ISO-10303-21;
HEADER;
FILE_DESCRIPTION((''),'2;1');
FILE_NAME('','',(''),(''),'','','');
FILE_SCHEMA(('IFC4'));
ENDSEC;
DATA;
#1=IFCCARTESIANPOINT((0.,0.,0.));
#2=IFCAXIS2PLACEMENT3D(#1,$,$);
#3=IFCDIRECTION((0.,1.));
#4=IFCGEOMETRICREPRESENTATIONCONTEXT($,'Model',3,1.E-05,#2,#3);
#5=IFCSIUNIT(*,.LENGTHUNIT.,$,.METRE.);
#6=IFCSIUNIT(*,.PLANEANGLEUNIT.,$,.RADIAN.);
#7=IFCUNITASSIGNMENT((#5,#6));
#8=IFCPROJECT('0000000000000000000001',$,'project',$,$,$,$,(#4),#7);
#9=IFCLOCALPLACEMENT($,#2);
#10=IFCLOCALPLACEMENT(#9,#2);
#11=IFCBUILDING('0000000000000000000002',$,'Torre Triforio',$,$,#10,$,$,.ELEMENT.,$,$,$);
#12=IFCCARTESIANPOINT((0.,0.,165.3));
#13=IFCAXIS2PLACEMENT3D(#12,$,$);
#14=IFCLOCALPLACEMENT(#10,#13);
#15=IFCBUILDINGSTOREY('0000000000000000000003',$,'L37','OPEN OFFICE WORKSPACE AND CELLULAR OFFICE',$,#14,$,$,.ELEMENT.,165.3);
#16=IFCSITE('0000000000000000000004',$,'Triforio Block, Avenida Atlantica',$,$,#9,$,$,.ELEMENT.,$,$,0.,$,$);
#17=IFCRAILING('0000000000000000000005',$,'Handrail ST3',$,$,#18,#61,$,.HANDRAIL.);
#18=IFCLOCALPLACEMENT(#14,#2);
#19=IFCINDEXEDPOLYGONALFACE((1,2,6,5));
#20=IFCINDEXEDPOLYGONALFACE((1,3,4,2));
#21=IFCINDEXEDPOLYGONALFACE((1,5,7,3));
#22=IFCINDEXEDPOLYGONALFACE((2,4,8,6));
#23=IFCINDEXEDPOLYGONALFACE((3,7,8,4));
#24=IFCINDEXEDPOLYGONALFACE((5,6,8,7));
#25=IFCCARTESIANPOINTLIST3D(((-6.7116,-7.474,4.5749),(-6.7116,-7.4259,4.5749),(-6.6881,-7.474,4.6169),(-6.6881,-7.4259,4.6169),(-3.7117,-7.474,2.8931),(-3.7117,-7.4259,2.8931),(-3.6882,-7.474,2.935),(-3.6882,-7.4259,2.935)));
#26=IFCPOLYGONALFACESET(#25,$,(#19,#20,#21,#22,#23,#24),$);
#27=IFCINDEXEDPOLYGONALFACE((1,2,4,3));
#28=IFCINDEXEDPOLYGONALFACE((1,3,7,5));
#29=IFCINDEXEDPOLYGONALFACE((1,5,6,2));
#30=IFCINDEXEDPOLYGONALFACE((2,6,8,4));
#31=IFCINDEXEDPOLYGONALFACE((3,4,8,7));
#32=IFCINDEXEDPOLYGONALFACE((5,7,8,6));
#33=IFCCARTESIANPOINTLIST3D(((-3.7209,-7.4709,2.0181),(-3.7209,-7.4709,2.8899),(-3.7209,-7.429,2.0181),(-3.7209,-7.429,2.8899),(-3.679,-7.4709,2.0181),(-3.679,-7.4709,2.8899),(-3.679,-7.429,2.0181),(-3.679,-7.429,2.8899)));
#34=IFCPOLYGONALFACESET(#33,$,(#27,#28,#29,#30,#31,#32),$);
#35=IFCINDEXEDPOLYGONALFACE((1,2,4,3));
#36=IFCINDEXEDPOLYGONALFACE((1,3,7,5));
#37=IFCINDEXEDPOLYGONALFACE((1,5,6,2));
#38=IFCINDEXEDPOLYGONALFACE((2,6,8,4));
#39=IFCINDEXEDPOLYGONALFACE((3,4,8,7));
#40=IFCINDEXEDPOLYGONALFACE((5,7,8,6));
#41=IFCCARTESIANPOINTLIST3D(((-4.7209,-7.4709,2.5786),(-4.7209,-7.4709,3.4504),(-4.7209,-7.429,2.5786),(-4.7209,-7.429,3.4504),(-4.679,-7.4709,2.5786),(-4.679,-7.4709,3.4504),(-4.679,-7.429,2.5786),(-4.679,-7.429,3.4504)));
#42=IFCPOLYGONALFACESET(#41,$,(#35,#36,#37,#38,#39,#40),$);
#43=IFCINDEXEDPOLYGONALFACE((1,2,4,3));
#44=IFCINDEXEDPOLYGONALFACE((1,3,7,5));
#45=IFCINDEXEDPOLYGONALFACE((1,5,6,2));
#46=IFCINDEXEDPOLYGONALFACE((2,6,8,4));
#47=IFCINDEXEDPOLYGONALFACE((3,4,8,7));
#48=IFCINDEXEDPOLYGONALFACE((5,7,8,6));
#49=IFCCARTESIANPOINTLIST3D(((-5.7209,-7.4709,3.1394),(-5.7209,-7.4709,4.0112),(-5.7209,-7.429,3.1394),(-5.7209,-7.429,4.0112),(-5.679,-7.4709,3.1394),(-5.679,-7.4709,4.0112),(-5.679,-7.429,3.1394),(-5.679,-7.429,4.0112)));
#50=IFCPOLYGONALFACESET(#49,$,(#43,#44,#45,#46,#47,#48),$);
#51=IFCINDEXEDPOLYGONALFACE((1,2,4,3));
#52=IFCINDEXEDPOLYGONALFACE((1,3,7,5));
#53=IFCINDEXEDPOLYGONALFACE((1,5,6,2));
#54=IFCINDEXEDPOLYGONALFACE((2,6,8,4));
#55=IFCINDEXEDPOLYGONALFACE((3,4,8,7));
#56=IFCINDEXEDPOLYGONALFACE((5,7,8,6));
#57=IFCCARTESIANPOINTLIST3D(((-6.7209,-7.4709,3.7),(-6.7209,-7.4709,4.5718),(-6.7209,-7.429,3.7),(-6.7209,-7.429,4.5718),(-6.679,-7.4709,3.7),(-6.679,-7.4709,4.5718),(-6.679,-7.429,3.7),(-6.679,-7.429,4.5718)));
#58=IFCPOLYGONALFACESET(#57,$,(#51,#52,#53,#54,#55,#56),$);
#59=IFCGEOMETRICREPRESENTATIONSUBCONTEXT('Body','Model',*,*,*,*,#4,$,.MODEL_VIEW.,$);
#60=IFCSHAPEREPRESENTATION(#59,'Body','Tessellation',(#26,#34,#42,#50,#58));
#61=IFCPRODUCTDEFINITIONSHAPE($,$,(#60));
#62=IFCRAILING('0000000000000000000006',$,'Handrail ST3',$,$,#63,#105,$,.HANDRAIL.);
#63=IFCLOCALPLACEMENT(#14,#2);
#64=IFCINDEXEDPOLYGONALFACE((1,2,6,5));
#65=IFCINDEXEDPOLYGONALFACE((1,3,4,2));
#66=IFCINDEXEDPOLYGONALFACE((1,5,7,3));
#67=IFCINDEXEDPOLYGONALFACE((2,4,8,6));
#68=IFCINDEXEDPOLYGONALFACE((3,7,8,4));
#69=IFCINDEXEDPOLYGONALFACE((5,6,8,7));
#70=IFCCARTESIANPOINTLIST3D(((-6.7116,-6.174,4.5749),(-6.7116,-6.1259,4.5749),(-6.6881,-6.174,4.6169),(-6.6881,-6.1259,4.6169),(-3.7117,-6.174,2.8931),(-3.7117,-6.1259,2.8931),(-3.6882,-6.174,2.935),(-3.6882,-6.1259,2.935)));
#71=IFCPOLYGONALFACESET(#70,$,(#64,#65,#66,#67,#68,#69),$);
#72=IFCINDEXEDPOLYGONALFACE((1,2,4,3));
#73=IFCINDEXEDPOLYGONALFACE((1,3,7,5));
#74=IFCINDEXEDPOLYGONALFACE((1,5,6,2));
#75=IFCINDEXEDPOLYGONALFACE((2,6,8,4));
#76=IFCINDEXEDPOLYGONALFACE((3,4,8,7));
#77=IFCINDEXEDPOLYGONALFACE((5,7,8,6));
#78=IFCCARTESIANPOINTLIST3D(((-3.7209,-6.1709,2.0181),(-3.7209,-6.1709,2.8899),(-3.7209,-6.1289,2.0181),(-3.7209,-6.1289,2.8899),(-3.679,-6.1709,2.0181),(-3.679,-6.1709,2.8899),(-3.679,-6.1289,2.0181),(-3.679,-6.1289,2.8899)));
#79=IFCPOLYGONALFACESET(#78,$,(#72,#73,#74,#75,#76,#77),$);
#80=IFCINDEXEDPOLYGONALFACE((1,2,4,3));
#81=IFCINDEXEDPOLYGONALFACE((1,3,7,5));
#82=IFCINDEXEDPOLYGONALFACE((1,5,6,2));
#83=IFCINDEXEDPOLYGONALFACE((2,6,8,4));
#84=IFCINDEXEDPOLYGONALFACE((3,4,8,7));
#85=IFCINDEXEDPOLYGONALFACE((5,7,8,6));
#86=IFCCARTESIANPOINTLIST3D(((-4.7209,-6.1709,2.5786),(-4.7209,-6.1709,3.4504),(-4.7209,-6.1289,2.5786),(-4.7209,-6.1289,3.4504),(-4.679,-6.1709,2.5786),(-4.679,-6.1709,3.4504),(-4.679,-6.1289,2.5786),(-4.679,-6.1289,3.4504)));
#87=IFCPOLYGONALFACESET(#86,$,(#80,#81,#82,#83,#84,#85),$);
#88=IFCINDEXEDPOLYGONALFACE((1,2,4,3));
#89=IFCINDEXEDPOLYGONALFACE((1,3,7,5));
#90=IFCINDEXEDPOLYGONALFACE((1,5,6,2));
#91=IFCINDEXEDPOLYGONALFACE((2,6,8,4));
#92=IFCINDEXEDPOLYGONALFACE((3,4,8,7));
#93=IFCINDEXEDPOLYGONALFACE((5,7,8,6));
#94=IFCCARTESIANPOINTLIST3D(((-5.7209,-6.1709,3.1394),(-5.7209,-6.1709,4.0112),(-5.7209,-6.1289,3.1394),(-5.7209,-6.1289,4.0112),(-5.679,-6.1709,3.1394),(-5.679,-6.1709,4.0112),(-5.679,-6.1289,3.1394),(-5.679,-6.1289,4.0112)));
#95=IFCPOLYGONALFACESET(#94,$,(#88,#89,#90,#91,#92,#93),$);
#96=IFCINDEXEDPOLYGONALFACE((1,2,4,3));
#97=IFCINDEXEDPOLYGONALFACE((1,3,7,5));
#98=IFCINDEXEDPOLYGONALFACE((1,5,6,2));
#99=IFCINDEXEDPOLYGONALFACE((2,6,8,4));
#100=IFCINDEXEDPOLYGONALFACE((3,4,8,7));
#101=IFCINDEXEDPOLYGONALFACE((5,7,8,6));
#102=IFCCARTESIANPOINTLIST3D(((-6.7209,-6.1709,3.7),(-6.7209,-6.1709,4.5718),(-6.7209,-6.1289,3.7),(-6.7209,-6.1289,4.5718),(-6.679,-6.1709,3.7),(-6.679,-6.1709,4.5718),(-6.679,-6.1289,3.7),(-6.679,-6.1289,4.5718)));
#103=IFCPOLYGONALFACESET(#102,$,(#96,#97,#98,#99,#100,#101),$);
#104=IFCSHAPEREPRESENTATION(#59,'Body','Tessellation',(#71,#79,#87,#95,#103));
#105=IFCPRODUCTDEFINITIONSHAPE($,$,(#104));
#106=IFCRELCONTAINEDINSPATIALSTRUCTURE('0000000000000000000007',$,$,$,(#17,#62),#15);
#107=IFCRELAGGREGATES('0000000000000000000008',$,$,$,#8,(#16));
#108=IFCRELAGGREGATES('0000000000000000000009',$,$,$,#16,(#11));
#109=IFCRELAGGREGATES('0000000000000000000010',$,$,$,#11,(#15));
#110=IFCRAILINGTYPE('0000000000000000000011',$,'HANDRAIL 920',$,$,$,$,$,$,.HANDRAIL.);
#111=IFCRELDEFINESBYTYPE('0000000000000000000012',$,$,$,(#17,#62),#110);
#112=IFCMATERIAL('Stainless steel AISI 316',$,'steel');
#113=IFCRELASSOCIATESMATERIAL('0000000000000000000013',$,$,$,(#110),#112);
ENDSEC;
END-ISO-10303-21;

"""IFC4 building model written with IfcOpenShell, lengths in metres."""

from ifc_helpers import new_model, si_unit, direction, frame, origin, origin_2d, place, context, subcontext, project, spatial, rectangle, extrude, material, type_object, element, save


model = new_model("IFC4")

# Units and contexts
model_context = context("Model", 3, precision=1e-05, world=origin(), true_north=direction((0.0, 1.0)))
body_context = subcontext(model_context, "Body", "Model", "MODEL_VIEW")
ifc_project = project(units=[si_unit("LENGTHUNIT", "METRE"), si_unit("PLANEANGLEUNIT", "RADIAN")], contexts=[model_context])

# Site, building, storey
site_placement = place(None, origin())
site = spatial("IfcSite", under=ifc_project, at=site_placement, Name="Triforio Block, Avenida Atlantica", CompositionType="ELEMENT", RefElevation=0.0)
building_placement = place(site_placement, origin())
building = spatial("IfcBuilding", under=site, at=building_placement, Name="Torre Triforio", CompositionType="ELEMENT")
storey_placement = place(building_placement, frame((0.0, 0.0, 165.3)))
storey = spatial("IfcBuildingStorey", under=building, at=storey_placement, Name="L37", Description="OPEN OFFICE WORKSPACE AND CELLULAR OFFICE", CompositionType="ELEMENT", Elevation=165.3)

# Railings
ifc_material_1 = material(Name="Stainless steel AISI 316", Category="steel")
railing_type = type_object("IfcRailingType", Name="HANDRAIL 920", PredefinedType="HANDRAIL", material=ifc_material_1)
for number, where, name in (
    (1, (-3.7, -7.45, 2.0181), "Handrail ST3"),
    (2, (-3.7, -6.1499, 2.0181), "Handrail ST3"),
):
    element("IfcRailing", number, at=place(storey_placement, frame(where)), inside=storey, type_object=railing_type, Name=name, PredefinedType="HANDRAIL", context=body_context, shape_type="SweptSolid", body=[
        extrude(rectangle(XDim=0.0481, YDim=0.0481, at=origin_2d()), frame((0.0, 0.0, 0.896), z_axis=(-0.872272, 0.0, 0.48902), x_axis=(0.0, -1.0, 0.0)), (0.0, 0.0, 1.0), 3.4392),
        extrude(rectangle(XDim=0.042, YDim=0.042, at=origin_2d()), origin(), (0.0, 0.0, 1.0), 0.8718),
        extrude(rectangle(XDim=0.042, YDim=0.042, at=origin_2d()), frame((-1.0, 0.0, 0.5605)), (0.0, 0.0, 1.0), 0.8718),
        extrude(rectangle(XDim=0.042, YDim=0.042, at=origin_2d()), frame((-2.0, 0.0, 1.1213)), (0.0, 0.0, 1.0), 0.8718),
        extrude(rectangle(XDim=0.042, YDim=0.042, at=origin_2d()), frame((-3.0, 0.0, 1.6819)), (0.0, 0.0, 1.0), 0.8718),
    ])

save(model, "model.ifc")
